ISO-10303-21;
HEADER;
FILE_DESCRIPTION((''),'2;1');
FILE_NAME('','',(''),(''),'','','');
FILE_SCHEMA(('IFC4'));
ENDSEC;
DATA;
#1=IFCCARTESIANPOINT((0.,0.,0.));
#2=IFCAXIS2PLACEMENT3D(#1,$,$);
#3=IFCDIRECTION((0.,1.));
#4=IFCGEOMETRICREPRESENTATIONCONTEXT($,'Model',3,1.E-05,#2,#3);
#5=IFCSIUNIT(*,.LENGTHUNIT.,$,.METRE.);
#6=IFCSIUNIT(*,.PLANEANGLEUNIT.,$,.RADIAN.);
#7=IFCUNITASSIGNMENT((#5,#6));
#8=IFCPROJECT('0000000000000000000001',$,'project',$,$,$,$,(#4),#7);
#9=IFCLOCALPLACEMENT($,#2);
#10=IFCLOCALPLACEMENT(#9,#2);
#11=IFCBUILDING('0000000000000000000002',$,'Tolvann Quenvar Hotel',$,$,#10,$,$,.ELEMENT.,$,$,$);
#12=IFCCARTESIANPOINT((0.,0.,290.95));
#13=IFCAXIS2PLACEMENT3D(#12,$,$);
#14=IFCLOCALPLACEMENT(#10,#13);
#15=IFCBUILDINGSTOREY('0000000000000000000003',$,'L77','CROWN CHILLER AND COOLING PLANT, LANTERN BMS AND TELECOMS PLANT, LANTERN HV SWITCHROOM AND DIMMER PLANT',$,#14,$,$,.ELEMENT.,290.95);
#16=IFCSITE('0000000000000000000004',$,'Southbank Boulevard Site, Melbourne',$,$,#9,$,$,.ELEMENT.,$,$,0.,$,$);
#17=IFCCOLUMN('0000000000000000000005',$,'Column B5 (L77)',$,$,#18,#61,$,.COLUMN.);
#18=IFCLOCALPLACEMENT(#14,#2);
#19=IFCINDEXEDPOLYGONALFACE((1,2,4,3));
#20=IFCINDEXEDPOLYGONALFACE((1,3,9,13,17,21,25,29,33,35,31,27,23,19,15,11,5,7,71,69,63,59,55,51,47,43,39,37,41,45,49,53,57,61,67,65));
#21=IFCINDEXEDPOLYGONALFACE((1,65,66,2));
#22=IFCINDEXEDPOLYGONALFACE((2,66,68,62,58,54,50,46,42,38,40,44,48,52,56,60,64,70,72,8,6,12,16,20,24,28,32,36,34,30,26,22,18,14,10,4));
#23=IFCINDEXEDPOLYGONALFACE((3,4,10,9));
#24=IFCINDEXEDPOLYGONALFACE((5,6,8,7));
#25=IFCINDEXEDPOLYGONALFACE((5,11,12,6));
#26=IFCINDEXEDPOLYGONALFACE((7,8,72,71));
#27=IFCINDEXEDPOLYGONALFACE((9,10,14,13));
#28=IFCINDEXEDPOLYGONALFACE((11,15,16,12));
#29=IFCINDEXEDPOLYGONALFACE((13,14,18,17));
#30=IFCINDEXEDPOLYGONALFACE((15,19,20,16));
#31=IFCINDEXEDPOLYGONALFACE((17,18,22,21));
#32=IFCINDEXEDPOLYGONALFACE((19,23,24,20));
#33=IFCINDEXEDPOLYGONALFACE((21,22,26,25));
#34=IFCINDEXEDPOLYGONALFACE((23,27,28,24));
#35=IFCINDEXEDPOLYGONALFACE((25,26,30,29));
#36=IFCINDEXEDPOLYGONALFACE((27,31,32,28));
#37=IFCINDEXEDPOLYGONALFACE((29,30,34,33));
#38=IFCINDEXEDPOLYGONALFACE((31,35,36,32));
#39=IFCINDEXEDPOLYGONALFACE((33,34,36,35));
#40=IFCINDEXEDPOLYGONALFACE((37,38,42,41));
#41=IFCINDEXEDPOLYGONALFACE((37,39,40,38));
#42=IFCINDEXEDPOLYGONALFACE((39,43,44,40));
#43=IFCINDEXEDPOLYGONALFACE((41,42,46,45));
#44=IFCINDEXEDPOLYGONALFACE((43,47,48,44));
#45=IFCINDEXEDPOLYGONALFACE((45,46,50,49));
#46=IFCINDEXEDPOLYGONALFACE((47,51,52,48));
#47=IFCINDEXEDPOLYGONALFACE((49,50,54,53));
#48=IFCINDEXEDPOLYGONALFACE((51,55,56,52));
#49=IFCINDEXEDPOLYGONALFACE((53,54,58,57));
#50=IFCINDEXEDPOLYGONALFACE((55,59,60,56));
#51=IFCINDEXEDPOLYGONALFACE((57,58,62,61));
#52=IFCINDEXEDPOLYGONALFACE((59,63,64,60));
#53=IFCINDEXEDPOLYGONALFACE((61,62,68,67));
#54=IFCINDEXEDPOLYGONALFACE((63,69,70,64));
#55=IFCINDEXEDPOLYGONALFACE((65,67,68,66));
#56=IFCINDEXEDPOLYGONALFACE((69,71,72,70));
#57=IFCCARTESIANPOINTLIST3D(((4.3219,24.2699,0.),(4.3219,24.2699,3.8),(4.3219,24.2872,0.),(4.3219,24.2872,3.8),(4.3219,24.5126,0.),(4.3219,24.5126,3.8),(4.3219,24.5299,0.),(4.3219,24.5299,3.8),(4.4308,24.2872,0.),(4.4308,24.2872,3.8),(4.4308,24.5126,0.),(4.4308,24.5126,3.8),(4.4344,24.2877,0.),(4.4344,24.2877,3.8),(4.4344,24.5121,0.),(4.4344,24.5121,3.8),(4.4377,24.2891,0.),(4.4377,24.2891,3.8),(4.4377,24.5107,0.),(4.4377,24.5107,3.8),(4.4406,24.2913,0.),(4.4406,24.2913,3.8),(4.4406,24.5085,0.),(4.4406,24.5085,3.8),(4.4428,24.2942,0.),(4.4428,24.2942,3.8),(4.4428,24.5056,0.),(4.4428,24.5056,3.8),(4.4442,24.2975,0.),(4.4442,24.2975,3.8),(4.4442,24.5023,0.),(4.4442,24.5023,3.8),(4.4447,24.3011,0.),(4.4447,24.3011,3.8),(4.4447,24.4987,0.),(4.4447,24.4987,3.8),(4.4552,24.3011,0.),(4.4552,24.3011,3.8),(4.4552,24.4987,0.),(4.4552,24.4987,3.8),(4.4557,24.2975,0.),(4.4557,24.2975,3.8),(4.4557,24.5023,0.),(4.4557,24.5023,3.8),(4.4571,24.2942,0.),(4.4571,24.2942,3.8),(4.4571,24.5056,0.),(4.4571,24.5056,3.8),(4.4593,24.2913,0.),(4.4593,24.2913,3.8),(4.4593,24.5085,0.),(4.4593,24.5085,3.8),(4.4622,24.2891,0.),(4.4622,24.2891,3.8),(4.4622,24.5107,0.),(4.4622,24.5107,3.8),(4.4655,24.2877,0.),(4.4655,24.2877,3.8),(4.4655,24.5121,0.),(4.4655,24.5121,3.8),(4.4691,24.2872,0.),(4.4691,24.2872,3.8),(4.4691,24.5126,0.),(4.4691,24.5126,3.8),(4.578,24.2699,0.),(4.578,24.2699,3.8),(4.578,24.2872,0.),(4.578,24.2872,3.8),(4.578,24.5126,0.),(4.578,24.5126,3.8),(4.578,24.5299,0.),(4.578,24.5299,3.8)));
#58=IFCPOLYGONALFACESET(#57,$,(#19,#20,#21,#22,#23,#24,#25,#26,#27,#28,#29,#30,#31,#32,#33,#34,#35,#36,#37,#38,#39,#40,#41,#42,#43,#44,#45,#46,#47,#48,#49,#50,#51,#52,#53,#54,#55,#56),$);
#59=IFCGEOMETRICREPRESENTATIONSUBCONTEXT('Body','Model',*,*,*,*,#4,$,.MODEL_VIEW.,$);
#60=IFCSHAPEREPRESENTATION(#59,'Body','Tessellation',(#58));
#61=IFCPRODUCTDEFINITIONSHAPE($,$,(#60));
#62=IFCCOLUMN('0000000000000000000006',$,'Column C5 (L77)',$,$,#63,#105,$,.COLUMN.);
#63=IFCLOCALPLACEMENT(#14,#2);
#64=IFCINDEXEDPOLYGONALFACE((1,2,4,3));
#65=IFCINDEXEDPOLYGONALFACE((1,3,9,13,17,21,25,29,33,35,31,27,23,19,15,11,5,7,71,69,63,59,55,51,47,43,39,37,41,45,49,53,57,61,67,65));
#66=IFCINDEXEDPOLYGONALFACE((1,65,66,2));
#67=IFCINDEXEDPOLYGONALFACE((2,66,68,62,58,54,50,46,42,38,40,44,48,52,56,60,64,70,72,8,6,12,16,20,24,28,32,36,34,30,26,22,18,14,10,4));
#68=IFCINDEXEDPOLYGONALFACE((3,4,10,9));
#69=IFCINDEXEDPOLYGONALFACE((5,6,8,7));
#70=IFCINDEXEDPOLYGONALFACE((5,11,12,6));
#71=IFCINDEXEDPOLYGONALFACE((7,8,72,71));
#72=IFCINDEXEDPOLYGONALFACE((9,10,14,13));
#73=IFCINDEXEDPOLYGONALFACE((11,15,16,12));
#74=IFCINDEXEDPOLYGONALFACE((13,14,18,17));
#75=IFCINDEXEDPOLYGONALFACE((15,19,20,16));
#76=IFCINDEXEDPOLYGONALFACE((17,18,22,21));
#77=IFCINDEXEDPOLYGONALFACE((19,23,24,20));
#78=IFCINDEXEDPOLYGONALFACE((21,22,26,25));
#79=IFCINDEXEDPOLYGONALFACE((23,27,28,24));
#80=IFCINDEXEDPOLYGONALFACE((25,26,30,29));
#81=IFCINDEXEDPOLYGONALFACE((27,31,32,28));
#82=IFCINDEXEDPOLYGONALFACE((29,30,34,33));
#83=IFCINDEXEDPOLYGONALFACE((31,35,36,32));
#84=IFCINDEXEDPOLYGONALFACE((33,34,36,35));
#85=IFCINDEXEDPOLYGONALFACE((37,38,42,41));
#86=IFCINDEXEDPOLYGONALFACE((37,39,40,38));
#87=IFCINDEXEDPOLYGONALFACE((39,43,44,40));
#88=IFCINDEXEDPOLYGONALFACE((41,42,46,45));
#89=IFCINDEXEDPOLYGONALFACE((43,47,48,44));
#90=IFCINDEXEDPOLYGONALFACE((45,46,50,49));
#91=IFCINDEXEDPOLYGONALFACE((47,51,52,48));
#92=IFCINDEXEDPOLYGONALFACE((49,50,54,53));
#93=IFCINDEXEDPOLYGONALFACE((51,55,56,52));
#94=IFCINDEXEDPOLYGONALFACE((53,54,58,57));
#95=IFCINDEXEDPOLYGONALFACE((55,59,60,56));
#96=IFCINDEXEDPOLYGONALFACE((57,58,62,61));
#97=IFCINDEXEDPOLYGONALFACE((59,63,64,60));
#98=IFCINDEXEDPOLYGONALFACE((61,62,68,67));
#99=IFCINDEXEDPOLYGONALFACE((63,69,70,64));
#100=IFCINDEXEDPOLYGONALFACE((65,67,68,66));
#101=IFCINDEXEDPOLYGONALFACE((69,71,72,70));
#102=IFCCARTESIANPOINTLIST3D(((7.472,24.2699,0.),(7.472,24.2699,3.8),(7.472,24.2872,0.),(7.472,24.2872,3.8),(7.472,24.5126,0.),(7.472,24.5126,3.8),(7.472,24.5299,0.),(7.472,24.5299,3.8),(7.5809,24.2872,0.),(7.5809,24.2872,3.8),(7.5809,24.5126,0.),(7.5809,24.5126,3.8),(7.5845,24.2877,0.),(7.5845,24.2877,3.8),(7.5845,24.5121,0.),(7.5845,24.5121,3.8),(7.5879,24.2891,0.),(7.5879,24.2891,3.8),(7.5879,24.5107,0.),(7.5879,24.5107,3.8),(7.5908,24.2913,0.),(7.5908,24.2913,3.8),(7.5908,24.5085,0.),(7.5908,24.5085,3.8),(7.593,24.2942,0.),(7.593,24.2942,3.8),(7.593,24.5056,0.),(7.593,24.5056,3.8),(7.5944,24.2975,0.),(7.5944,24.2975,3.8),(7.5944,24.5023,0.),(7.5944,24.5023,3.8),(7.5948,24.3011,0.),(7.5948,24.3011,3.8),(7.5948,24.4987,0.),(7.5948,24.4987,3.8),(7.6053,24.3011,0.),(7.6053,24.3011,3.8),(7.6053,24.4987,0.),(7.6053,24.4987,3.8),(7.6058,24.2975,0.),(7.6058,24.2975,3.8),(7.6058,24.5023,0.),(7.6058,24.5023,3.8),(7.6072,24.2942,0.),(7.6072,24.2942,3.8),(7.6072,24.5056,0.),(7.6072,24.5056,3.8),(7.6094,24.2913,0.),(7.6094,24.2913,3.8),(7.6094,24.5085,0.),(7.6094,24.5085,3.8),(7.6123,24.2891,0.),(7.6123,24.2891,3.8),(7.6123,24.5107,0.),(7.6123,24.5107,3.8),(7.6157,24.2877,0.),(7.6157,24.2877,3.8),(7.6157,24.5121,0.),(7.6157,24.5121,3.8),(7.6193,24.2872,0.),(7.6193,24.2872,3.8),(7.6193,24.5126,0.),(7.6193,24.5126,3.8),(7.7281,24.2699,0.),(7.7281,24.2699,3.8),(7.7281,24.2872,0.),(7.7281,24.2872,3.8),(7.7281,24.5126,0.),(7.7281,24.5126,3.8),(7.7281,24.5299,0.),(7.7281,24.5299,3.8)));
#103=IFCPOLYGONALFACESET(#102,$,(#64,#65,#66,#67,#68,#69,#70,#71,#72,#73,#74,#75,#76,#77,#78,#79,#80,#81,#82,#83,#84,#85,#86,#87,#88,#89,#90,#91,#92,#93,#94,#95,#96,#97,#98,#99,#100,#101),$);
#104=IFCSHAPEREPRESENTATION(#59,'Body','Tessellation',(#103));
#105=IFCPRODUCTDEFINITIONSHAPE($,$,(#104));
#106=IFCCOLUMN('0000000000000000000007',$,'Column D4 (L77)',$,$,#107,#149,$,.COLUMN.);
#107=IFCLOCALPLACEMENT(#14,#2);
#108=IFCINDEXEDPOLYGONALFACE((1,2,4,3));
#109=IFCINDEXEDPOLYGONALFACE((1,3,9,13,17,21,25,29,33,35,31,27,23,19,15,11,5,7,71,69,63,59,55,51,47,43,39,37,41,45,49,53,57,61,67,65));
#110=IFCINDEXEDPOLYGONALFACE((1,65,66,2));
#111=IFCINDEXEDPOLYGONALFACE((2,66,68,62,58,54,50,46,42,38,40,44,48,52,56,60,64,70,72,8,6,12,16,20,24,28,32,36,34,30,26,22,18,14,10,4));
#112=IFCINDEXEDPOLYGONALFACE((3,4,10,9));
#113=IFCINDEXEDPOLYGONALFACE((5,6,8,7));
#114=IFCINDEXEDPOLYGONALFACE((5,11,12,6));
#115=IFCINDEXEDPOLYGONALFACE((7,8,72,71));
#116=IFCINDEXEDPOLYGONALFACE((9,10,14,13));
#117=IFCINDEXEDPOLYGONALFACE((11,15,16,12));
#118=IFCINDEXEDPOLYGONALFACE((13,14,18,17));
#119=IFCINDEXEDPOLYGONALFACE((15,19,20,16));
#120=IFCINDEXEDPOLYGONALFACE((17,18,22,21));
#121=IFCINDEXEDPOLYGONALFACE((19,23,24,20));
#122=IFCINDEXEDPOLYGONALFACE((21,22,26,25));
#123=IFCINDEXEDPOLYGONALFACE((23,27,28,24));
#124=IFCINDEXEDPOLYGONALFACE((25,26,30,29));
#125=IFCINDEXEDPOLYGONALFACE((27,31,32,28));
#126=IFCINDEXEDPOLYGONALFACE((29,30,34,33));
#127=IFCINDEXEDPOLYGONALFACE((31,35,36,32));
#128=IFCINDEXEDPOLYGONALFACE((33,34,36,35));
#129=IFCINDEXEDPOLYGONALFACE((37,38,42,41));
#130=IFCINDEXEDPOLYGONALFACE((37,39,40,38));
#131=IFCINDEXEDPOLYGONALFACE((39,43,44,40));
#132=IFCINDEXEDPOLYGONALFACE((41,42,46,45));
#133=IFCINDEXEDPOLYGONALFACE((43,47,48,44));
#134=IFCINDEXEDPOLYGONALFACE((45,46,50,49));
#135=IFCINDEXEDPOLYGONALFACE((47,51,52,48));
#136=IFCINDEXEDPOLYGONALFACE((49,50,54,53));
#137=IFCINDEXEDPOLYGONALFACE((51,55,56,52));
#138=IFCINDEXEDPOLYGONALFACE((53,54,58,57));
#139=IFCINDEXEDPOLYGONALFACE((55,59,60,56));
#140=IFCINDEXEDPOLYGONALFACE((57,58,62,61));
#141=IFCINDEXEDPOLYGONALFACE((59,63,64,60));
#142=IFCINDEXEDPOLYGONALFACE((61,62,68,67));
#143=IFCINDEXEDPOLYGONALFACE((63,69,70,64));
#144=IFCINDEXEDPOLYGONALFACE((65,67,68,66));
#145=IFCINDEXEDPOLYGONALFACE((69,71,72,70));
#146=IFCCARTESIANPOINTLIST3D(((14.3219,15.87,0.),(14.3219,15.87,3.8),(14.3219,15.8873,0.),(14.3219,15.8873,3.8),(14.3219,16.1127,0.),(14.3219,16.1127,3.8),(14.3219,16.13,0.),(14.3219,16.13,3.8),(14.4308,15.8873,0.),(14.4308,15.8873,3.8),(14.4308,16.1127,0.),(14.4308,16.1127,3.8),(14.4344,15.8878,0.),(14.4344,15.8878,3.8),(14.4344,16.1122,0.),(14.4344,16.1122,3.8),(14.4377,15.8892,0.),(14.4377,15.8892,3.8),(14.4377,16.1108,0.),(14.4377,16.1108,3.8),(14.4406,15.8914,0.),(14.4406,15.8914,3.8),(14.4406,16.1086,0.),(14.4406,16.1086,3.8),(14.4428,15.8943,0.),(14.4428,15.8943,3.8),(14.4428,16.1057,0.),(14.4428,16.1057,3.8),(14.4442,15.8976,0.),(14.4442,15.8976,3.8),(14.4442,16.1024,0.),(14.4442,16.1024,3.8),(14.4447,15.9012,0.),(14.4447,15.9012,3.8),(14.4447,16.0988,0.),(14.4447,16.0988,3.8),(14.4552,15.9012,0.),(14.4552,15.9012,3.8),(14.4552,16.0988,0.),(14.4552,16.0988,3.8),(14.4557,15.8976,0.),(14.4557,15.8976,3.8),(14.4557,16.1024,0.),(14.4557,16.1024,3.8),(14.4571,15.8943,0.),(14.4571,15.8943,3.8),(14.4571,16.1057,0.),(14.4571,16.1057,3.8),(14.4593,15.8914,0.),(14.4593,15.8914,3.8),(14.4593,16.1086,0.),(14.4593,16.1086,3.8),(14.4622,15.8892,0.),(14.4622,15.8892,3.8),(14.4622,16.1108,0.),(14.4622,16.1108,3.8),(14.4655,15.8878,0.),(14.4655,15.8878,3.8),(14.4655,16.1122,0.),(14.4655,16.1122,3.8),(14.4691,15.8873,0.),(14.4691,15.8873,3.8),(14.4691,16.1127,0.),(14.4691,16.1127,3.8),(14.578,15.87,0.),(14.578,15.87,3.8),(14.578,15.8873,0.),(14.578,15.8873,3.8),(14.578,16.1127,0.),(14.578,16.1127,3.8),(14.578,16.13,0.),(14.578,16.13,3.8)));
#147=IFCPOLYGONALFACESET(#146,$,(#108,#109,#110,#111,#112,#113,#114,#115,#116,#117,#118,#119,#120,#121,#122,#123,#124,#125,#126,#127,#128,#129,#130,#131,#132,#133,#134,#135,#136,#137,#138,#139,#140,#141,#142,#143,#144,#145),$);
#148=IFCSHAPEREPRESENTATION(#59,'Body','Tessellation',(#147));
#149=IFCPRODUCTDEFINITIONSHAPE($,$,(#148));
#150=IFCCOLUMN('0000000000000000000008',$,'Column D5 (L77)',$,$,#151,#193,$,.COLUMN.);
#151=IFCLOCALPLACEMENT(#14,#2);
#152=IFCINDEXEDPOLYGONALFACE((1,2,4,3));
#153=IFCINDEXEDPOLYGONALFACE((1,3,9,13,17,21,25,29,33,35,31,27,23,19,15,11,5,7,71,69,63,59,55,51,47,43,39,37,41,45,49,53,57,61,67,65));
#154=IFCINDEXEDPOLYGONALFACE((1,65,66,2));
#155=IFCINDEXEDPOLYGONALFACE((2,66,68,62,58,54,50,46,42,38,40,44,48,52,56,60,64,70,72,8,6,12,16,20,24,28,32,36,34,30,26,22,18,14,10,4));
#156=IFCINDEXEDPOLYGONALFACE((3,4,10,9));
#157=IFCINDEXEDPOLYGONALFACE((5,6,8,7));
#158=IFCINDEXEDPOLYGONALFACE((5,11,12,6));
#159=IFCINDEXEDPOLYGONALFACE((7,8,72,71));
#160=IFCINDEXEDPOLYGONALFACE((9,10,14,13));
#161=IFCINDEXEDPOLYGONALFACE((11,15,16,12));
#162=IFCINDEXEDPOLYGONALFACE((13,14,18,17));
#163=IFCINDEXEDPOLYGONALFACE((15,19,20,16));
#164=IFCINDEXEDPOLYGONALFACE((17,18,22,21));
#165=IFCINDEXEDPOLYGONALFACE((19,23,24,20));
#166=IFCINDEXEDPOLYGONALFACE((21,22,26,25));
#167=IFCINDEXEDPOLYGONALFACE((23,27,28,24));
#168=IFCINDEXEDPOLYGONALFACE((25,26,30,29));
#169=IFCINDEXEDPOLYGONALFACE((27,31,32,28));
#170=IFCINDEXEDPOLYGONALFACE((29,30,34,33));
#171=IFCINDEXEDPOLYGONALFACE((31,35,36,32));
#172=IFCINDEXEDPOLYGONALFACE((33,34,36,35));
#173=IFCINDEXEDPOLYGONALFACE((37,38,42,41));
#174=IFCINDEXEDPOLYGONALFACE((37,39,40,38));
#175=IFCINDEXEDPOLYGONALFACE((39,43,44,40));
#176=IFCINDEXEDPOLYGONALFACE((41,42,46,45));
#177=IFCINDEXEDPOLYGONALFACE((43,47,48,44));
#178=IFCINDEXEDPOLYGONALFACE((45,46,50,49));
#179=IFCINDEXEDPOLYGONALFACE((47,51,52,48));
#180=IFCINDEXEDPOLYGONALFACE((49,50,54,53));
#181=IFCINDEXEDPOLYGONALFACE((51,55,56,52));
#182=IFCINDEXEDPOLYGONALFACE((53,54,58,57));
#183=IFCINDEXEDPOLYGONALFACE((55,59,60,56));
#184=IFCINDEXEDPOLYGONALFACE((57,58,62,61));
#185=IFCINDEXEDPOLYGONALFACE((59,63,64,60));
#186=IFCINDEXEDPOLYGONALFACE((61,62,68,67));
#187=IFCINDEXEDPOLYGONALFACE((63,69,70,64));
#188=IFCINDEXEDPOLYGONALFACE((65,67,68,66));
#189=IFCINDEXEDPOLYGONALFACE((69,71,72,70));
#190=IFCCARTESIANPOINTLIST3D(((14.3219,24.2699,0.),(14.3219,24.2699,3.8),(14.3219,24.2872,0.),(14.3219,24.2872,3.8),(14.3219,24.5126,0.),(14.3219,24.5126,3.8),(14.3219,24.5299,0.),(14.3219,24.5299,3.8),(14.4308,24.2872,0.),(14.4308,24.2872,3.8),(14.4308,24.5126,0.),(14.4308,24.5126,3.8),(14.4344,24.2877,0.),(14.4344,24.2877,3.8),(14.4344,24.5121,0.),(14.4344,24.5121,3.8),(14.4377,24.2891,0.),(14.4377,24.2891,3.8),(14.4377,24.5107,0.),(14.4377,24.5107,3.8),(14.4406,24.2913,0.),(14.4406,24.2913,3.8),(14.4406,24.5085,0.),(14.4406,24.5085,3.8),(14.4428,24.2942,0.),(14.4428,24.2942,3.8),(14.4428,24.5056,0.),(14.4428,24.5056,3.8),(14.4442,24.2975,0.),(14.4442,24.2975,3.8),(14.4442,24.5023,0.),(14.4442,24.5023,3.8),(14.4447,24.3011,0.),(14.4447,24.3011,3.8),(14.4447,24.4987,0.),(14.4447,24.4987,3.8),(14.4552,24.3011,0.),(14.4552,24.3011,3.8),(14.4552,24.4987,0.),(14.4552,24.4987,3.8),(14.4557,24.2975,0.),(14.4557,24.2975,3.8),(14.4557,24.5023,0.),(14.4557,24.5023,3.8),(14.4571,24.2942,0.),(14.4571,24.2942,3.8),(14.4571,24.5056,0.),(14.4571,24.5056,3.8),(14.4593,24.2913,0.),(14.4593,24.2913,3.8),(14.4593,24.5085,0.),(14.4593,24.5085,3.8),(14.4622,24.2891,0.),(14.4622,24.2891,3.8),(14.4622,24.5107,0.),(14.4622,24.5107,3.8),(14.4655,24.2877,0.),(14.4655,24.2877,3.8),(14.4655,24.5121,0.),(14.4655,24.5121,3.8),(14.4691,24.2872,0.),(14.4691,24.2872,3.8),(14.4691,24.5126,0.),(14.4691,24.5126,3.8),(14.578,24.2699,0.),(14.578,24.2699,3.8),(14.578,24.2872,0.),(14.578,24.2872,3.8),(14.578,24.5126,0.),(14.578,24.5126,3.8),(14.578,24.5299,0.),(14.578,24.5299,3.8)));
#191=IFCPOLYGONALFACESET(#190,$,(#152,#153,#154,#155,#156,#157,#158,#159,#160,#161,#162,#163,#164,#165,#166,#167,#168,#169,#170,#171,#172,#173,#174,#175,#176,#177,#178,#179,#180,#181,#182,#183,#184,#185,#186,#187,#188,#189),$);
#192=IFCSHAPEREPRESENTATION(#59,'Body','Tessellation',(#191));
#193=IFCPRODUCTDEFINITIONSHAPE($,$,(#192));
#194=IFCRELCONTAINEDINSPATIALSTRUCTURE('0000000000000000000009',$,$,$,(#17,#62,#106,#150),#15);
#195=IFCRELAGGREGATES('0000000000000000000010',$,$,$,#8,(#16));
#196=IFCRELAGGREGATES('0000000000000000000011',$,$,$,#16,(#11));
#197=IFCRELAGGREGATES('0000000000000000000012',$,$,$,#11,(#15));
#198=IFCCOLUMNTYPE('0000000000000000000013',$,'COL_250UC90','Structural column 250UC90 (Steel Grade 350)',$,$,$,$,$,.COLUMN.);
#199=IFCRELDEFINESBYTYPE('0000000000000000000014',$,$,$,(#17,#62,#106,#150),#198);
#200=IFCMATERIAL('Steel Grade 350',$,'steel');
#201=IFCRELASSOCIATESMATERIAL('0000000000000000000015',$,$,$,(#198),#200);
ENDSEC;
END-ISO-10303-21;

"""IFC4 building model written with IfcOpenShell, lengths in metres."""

from ifc_helpers import new_model, si_unit, direction, frame, origin, origin_2d, place, context, subcontext, project, spatial, i_section, extrude, source, transform, mapped, material, material_profile, profile_set, type_object, type_shapes, element, save


model = new_model("IFC4")

# Units and contexts
model_context = context("Model", 3, precision=1e-05, world=origin(), true_north=direction((0.0, 1.0)))
body_context = subcontext(model_context, "Body", "Model", "MODEL_VIEW")
ifc_project = project(units=[si_unit("LENGTHUNIT", "METRE"), si_unit("PLANEANGLEUNIT", "RADIAN")], contexts=[model_context])

# Site, building, storey
site_placement = place(None, origin())
site = spatial("IfcSite", under=ifc_project, at=site_placement, Name="Southbank Boulevard Site, Melbourne", CompositionType="ELEMENT", RefElevation=0.0)
building_placement = place(site_placement, origin())
building = spatial("IfcBuilding", under=site, at=building_placement, Name="Tolvann Quenvar Hotel", CompositionType="ELEMENT")
storey_placement = place(building_placement, frame((0.0, 0.0, 290.95)))
storey = spatial("IfcBuildingStorey", under=building, at=storey_placement, Name="L77", Description="CROWN CHILLER AND COOLING PLANT, LANTERN BMS AND TELECOMS PLANT, LANTERN HV SWITCHROOM AND DIMMER PLANT", CompositionType="ELEMENT", Elevation=290.95)

# Columns
ifc_material_1 = material(Name="Steel Grade 350", Category="steel")
ifc_material_profile_1 = material_profile(ifc_material_1, i_section(OverallWidth=0.2561, OverallDepth=0.26, WebThickness=0.0105, FlangeThickness=0.0173, FilletRadius=0.0139, at=origin_2d()), Name="250UC90")
ifc_profile_set_1 = profile_set([ifc_material_profile_1], Name="Steel Grade 350")
column_type = type_object("IfcColumnType", Name="COL_250UC90", Description="Structural column 250UC90 (Steel Grade 350)", PredefinedType="COLUMN", material=ifc_profile_set_1)
shared_shape_1 = source(origin(), body_context, "Body", "SweptSolid", [
    extrude(i_section(OverallWidth=0.2561, OverallDepth=0.26, WebThickness=0.0105, FlangeThickness=0.0173, FilletRadius=0.0139, at=origin_2d()), origin(), (0.0, 0.0, 1.0), 3.8),
])
type_shapes(column_type, [shared_shape_1])
for number, where, z_axis, x_axis, name in (
    (1, (4.45, 24.3999, 0.0), (0.0, 0.0, 1.0), (1.0, 0.0, 0.0), "Column B5 (L77)"),
    (2, (7.6001, 24.3999, 0.0), (0.0, 0.0, 1.0), (1.0, 0.0, 0.0), "Column C5 (L77)"),
    (3, (14.45, 16.0, 0.0), (0.0, 0.0, 1.0), (1.0, 0.0, 0.0), "Column D4 (L77)"),
    (4, (14.45, 24.3999, 0.0), (0.0, 0.0, 1.0), (1.0, 0.0, 0.0), "Column D5 (L77)"),
):
    element("IfcColumn", number, at=place(storey_placement, frame(where, z_axis=z_axis, x_axis=x_axis)), inside=storey, type_object=column_type, Name=name, PredefinedType="COLUMN", context=body_context, shape_type="MappedRepresentation", body=[
        mapped(shared_shape_1, transform((0.0, 0.0, 0.0), x_axis=(1.0, 0.0, 0.0), y_axis=(0.0, 1.0, 0.0), z_axis=(0.0, 0.0, 1.0), scale=1.0)),
    ])

save(model, "model.ifc")
